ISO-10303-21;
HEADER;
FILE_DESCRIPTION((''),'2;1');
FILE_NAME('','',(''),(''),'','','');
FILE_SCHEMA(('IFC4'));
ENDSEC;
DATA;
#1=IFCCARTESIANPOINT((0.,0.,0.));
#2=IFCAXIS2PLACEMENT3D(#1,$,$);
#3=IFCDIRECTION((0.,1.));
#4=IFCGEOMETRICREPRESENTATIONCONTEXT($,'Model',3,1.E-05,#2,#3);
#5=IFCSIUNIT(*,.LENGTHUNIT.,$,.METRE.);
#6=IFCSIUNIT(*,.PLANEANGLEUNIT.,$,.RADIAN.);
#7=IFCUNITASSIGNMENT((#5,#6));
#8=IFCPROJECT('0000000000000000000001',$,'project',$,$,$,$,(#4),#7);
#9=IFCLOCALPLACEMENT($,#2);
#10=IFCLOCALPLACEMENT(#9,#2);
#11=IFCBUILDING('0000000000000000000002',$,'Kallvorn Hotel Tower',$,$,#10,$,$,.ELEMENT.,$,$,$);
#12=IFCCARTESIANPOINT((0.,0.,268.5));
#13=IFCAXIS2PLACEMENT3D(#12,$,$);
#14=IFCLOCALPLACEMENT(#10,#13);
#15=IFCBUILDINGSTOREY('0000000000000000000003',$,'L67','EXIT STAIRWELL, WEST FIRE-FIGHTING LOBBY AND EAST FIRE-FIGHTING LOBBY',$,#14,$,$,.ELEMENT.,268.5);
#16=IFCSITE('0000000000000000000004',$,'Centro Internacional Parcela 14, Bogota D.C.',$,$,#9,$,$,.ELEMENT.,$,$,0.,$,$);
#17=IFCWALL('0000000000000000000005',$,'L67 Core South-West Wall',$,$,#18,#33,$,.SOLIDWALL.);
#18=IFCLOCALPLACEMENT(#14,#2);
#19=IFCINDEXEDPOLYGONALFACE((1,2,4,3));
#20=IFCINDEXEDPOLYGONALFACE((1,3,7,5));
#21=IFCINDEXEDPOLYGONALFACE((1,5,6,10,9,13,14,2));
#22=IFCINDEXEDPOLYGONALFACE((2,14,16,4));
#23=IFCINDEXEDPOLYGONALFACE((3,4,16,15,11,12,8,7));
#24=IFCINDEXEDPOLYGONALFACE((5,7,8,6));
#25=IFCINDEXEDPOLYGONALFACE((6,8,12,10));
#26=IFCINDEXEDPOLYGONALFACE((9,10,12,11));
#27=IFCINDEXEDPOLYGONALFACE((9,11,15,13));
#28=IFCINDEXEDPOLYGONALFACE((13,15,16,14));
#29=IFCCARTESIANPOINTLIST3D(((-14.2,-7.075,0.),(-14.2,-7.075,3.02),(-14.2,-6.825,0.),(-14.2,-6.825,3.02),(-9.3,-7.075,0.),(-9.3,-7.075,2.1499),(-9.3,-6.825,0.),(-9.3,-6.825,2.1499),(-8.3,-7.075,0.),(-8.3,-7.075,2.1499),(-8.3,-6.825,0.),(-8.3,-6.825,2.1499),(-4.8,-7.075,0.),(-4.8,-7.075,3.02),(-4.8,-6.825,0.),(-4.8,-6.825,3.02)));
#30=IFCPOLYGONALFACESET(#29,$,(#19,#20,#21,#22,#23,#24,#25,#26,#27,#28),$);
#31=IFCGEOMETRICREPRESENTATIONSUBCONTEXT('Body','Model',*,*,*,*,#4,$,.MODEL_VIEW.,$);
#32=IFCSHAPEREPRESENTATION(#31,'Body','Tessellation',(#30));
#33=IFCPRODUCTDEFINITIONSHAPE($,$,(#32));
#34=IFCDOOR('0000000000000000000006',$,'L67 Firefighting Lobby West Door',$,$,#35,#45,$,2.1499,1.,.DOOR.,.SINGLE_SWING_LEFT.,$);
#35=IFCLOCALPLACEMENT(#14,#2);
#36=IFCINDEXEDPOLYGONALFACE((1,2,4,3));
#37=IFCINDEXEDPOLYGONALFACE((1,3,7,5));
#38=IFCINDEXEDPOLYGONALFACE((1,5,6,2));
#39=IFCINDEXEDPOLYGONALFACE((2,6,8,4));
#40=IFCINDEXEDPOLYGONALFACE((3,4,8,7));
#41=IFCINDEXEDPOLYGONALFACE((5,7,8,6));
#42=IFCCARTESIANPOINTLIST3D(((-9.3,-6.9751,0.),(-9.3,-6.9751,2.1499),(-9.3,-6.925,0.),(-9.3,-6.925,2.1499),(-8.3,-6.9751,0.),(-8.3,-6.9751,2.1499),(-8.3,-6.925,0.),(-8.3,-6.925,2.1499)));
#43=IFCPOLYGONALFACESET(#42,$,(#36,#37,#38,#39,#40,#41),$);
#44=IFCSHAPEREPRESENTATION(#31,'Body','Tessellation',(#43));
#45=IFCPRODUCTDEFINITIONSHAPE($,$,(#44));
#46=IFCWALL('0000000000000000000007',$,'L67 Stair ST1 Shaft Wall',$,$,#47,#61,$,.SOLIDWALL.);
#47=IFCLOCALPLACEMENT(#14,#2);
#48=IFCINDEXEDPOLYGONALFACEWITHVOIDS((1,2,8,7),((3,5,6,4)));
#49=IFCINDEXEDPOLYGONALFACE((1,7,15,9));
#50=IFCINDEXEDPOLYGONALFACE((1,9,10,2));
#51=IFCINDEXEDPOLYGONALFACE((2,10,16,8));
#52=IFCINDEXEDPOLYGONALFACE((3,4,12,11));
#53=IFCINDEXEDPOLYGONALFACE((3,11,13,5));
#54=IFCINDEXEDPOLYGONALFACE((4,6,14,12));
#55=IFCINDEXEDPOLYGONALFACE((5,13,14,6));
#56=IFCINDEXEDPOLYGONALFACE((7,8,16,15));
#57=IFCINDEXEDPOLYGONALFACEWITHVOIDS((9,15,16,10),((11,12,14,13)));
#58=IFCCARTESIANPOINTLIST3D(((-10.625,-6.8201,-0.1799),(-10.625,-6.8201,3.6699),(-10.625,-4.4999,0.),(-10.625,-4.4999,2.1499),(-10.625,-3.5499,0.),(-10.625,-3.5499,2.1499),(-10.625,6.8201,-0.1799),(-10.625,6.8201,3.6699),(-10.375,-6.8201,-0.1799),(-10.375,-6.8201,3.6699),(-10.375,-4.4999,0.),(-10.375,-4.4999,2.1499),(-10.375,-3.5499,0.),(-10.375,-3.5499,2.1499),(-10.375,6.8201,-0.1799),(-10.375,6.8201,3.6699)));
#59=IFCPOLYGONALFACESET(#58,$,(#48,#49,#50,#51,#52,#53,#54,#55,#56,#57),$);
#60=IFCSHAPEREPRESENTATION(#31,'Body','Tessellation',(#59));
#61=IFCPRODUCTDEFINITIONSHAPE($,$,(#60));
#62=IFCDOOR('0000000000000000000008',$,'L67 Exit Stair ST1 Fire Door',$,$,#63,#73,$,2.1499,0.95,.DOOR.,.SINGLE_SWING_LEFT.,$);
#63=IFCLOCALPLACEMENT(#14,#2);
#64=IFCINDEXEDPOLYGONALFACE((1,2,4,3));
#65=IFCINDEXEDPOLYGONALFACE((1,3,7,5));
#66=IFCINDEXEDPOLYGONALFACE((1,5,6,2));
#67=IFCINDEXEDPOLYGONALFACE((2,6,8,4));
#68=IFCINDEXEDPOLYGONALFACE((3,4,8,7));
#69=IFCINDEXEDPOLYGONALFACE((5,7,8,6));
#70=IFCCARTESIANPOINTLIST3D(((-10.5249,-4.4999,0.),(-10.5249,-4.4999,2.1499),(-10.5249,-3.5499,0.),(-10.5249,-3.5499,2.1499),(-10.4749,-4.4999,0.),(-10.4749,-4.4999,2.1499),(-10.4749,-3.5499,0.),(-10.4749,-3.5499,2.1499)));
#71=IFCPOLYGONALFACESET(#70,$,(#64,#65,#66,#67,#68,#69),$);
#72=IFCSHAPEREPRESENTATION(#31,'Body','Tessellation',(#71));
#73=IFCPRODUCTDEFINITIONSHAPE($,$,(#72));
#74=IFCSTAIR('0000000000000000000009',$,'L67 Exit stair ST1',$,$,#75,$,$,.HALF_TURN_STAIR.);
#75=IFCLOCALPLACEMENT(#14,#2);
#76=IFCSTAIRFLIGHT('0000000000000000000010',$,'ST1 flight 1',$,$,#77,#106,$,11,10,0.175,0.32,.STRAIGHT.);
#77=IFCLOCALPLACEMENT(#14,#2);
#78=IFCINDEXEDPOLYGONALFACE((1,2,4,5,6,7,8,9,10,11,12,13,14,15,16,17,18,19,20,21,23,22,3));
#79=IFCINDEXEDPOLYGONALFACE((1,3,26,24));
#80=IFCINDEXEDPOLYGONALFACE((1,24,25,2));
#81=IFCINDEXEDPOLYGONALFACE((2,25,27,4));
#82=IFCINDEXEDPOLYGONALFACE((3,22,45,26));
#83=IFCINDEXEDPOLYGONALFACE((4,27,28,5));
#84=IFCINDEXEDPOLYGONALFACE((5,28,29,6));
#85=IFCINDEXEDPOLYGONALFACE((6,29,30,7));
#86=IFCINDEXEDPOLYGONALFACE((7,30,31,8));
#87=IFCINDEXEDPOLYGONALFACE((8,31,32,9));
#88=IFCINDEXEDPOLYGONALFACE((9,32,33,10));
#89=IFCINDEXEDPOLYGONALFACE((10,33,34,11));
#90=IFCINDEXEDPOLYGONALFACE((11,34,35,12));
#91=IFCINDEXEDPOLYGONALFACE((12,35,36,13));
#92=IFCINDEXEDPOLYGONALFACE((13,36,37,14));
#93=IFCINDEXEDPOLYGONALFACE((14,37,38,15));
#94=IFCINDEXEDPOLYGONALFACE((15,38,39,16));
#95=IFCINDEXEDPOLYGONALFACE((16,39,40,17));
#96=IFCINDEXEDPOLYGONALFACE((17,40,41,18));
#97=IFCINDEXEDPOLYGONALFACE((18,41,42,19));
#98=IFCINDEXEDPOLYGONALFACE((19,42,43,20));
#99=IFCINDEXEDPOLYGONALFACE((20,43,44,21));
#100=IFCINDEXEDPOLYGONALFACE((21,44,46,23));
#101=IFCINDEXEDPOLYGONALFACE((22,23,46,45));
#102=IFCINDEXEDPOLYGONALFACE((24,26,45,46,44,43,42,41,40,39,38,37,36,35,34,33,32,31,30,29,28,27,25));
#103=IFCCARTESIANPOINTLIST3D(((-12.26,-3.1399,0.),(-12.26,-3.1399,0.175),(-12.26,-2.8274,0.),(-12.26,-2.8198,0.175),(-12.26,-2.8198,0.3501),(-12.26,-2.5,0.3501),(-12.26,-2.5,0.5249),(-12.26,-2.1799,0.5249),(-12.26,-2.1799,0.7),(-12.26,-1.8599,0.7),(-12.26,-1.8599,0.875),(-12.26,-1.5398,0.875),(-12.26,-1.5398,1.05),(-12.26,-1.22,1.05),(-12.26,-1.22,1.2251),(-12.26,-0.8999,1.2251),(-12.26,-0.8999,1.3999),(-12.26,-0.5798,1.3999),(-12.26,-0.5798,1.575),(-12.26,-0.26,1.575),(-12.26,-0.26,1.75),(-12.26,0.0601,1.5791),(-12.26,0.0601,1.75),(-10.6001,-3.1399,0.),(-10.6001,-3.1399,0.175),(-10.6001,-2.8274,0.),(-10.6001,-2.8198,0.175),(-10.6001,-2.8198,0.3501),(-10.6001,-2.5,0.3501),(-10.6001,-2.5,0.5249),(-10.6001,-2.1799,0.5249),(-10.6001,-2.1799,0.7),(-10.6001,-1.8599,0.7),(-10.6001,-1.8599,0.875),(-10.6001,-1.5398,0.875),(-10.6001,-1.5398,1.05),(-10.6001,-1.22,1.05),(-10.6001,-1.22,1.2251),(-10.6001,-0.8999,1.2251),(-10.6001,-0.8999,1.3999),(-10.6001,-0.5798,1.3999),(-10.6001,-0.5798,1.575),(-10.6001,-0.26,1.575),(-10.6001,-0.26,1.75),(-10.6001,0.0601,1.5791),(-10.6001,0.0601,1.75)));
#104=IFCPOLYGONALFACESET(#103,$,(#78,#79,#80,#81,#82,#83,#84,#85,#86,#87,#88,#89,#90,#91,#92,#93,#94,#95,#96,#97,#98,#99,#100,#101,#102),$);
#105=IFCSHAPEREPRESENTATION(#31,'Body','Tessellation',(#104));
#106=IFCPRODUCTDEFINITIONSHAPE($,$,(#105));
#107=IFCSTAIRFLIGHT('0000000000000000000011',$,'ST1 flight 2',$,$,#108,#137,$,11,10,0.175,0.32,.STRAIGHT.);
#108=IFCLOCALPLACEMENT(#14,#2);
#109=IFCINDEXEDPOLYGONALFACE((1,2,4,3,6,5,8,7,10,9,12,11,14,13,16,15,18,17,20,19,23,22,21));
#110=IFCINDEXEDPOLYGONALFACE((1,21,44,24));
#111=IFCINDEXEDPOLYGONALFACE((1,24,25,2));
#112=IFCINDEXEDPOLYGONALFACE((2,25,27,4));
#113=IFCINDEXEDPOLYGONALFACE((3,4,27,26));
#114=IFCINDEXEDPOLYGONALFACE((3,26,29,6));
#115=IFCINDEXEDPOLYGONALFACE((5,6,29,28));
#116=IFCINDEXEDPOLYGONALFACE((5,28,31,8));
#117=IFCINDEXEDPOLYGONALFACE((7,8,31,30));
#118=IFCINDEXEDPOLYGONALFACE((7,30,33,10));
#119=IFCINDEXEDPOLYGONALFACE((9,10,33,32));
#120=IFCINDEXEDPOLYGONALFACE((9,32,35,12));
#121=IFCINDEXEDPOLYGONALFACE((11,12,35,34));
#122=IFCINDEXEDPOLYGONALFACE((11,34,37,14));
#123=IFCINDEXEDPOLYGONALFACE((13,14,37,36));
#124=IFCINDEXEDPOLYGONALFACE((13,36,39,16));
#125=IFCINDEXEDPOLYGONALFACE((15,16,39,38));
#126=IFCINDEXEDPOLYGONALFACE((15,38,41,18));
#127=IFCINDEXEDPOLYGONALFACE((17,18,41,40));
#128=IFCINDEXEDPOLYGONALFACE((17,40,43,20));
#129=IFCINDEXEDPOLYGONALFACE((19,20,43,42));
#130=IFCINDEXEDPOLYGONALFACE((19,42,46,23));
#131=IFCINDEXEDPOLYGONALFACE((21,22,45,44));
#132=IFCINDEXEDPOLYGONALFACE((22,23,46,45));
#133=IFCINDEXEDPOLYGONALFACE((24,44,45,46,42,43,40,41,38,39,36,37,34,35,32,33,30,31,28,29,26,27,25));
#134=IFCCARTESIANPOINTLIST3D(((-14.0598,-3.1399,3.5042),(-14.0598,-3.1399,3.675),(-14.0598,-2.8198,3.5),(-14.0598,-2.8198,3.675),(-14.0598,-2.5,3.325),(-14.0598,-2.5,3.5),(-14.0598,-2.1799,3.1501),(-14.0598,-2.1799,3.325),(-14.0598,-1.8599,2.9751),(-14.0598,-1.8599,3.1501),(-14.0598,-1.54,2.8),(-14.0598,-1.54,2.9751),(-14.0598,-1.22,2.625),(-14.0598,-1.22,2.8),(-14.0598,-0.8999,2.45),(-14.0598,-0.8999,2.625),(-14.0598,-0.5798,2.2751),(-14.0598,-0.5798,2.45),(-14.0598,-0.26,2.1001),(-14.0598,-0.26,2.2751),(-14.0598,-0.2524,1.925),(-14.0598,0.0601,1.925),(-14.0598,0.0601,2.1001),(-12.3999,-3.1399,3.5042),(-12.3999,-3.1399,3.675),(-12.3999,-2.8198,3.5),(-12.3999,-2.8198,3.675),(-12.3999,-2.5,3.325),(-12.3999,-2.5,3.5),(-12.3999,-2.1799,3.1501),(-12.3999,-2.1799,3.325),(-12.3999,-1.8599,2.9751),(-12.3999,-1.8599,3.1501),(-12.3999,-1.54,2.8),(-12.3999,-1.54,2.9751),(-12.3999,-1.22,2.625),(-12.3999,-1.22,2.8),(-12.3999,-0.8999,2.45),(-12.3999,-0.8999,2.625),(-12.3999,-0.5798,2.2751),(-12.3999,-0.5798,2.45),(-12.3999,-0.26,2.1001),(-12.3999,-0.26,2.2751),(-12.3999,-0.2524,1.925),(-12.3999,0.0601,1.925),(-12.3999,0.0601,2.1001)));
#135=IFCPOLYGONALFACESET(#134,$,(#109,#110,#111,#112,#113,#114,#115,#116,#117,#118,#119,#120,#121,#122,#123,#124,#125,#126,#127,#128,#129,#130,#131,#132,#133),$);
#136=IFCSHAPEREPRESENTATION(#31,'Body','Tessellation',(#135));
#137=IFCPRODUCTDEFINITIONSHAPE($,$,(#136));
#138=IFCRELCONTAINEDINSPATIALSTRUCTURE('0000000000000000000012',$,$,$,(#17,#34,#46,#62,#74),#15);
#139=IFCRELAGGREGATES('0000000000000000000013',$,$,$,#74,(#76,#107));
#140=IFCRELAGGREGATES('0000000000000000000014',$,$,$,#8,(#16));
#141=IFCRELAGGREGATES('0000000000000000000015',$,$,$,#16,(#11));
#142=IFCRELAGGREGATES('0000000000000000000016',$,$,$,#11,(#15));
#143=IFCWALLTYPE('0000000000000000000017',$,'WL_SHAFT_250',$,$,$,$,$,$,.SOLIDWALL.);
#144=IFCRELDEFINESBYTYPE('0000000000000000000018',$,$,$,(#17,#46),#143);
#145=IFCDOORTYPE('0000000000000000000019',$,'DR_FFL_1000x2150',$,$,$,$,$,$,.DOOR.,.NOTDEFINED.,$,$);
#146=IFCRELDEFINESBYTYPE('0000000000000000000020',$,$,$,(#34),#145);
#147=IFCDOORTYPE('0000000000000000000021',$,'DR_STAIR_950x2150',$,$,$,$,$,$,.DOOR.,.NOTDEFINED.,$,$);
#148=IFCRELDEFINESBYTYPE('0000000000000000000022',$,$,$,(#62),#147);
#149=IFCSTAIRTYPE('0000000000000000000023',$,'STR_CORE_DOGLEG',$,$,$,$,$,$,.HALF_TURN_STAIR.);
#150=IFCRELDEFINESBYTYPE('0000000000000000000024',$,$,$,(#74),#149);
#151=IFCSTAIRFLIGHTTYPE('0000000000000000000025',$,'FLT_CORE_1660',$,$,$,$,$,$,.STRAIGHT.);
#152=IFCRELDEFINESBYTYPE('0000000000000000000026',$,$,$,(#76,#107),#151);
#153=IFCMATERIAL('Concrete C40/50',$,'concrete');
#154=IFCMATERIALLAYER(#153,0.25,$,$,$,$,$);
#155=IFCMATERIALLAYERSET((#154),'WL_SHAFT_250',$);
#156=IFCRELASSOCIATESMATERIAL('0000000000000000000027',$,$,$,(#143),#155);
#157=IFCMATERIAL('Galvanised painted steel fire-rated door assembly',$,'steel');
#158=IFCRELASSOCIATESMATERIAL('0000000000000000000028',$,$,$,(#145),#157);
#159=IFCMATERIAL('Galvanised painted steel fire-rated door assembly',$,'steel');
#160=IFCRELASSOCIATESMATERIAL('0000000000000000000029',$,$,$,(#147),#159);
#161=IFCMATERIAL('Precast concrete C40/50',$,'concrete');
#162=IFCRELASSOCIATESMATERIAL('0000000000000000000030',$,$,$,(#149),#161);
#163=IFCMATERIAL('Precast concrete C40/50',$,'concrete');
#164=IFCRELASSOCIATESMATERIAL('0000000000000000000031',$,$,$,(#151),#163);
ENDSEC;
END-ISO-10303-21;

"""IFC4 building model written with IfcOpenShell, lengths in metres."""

from ifc_helpers import new_model, si_unit, direction, frame, frame_2d, origin, place, context, subcontext, project, spatial, polyline, rectangle, outline, extrude, material, layer, layer_set, type_object, element, fill, aggregate, save


model = new_model("IFC4")

# Units and contexts
model_context = context("Model", 3, precision=1e-05, world=origin(), true_north=direction((0.0, 1.0)))
body_context = subcontext(model_context, "Body", "Model", "MODEL_VIEW")
ifc_project = project(units=[si_unit("LENGTHUNIT", "METRE"), si_unit("PLANEANGLEUNIT", "RADIAN")], contexts=[model_context])

# Site, building, storey
site_placement = place(None, origin())
site = spatial("IfcSite", under=ifc_project, at=site_placement, Name="Centro Internacional Parcela 14, Bogota D.C.", CompositionType="ELEMENT", RefElevation=0.0)
building_placement = place(site_placement, origin())
building = spatial("IfcBuilding", under=site, at=building_placement, Name="Kallvorn Hotel Tower", CompositionType="ELEMENT")
storey_placement = place(building_placement, frame((0.0, 0.0, 268.5)))
storey = spatial("IfcBuildingStorey", under=building, at=storey_placement, Name="L67", Description="EXIT STAIRWELL, WEST FIRE-FIGHTING LOBBY AND EAST FIRE-FIGHTING LOBBY", CompositionType="ELEMENT", Elevation=268.5)

# Walls, openings, doors
ifc_material_1 = material(Name="Concrete C40/50", Category="concrete")
ifc_layer_1 = layer(ifc_material_1, 0.25)
ifc_layer_set_1 = layer_set([ifc_layer_1], Name="WL_SHAFT_250")
wall_type_1 = type_object("IfcWallType", Name="WL_SHAFT_250", PredefinedType="SOLIDWALL", material=ifc_layer_set_1)
wall_1_placement = place(storey_placement, frame((-14.2, -6.95, 0.0), z_axis=(0.0, 0.0, 1.0), x_axis=(1.0, 0.0, 0.0)))
wall_1 = element("IfcWall", 1, at=wall_1_placement, inside=storey, type_object=wall_type_1, Name="L67 Core South-West Wall", PredefinedType="SOLIDWALL", context=body_context, shape_type="SweptSolid", body=[
    extrude(rectangle(XDim=9.3999, YDim=0.25, at=frame_2d((4.7, 0.0))), origin(), (0.0, 0.0, 1.0), 3.02),
])
opening_1_placement = place(wall_1_placement, frame((4.8999, 0.0, 0.0)))
opening_1 = element("IfcOpeningElement", 2, at=opening_1_placement, cuts=wall_1, PredefinedType="OPENING", context=body_context, shape_type="SweptSolid", body=[
    extrude(rectangle(XDim=1.0, YDim=2.1499, at=frame_2d((0.5, 1.075))), frame((0.0, 0.1399, 0.0), z_axis=(0.0, -1.0, 0.0), x_axis=(1.0, 0.0, 0.0)), (0.0, 0.0, 1.0), 0.28),
])
ifc_material_2 = material(Name="Galvanised painted steel fire-rated door assembly", Category="steel")
door_type_1 = type_object("IfcDoorType", Name="DR_FFL_1000x2150", OperationType="NOTDEFINED", PredefinedType="DOOR", material=ifc_material_2)
door_1_placement = place(opening_1_placement, origin())
door_1 = element("IfcDoor", 3, at=door_1_placement, inside=storey, type_object=door_type_1, Name="L67 Firefighting Lobby West Door", OperationType="SINGLE_SWING_LEFT", OverallHeight=2.1499, OverallWidth=1.0, PredefinedType="DOOR", context=body_context, shape_type="SweptSolid", body=[
    extrude(rectangle(XDim=1.0, YDim=2.1499, at=frame_2d((0.5, 1.075))), frame((0.0, 0.0249, 0.0), z_axis=(0.0, -1.0, 0.0), x_axis=(1.0, 0.0, 0.0)), (0.0, 0.0, 1.0), 0.05),
])
fill(opening_1, door_1)
wall_2_placement = place(storey_placement, frame((-10.5, -6.8201, -0.1799), z_axis=(0.0, 0.0, 1.0), x_axis=(0.0, 1.0, 0.0)))
wall_2 = element("IfcWall", 4, at=wall_2_placement, inside=storey, type_object=wall_type_1, Name="L67 Stair ST1 Shaft Wall", PredefinedType="SOLIDWALL", context=body_context, shape_type="SweptSolid", body=[
    extrude(rectangle(XDim=13.6401, YDim=0.25, at=frame_2d((6.8201, 0.0))), origin(), (0.0, 0.0, 1.0), 3.8499),
])
opening_2_placement = place(wall_2_placement, frame((2.3201, 0.0, 0.1799)))
opening_2 = element("IfcOpeningElement", 5, at=opening_2_placement, cuts=wall_2, PredefinedType="OPENING", context=body_context, shape_type="SweptSolid", body=[
    extrude(rectangle(XDim=0.95, YDim=2.1499, at=frame_2d((0.4751, 1.075))), frame((0.0, 0.1399, 0.0), z_axis=(0.0, -1.0, 0.0), x_axis=(1.0, 0.0, 0.0)), (0.0, 0.0, 1.0), 0.28),
])
ifc_material_3 = material(Name="Galvanised painted steel fire-rated door assembly", Category="steel")
door_type_2 = type_object("IfcDoorType", Name="DR_STAIR_950x2150", OperationType="NOTDEFINED", PredefinedType="DOOR", material=ifc_material_3)
door_2_placement = place(opening_2_placement, origin())
door_2 = element("IfcDoor", 6, at=door_2_placement, inside=storey, type_object=door_type_2, Name="L67 Exit Stair ST1 Fire Door", OperationType="SINGLE_SWING_LEFT", OverallHeight=2.1499, OverallWidth=0.95, PredefinedType="DOOR", context=body_context, shape_type="SweptSolid", body=[
    extrude(rectangle(XDim=0.95, YDim=2.1499, at=frame_2d((0.4751, 1.075))), frame((0.0, 0.0249, 0.0), z_axis=(0.0, -1.0, 0.0), x_axis=(1.0, 0.0, 0.0)), (0.0, 0.0, 1.0), 0.05),
])
fill(opening_2, door_2)

# Stair, stair flights
ifc_material_4 = material(Name="Precast concrete C40/50", Category="concrete")
stair_type = type_object("IfcStairType", Name="STR_CORE_DOGLEG", PredefinedType="HALF_TURN_STAIR", material=ifc_material_4)
stair_placement = place(storey_placement, origin())
stair = element("IfcStair", 7, at=stair_placement, inside=storey, type_object=stair_type, Name="L67 Exit stair ST1", PredefinedType="HALF_TURN_STAIR")
ifc_material_5 = material(Name="Precast concrete C40/50", Category="concrete")
stair_flight_type = type_object("IfcStairFlightType", Name="FLT_CORE_1660", PredefinedType="STRAIGHT", material=ifc_material_5)
stair_flight_1_placement = place(storey_placement, frame((-11.4299, -3.1399, 0.0), z_axis=(0.0, 0.0, 1.0), x_axis=(0.0, 1.0, 0.0)))
stair_flight_1 = element("IfcStairFlight", 8, at=stair_flight_1_placement, type_object=stair_flight_type, Name="ST1 flight 1", NumberOfRisers=11, NumberOfTreads=10, PredefinedType="STRAIGHT", RiserHeight=0.175, TreadLength=0.32, context=body_context, shape_type="SweptSolid", body=[
    extrude(outline(polyline([(0.0, 0.0), (0.0, 0.175), (0.3201, 0.175), (0.3201, 0.3501), (0.6399, 0.3501), (0.6399, 0.5249), (0.96, 0.5249), (0.96, 0.7), (1.28, 0.7), (1.28, 0.875), (1.6001, 0.875), (1.6001, 1.05), (1.9199, 1.05), (1.9199, 1.2251), (2.24, 1.2251), (2.24, 1.3999), (2.5601, 1.3999), (2.5601, 1.575), (2.8799, 1.575), (2.8799, 1.75), (3.2, 1.75), (3.2, 1.925), (3.2, 1.5791), (0.3125, 0.0), (0.0, 0.0)])), frame((0.0, 0.8301, 0.0), z_axis=(0.0, -1.0, 0.0), x_axis=(1.0, 0.0, 0.0)), (0.0, 0.0, 1.0), 1.6599),
])
stair_flight_2_placement = place(storey_placement, frame((-13.23, 0.0601, 1.925), z_axis=(0.0, 0.0, 1.0), x_axis=(0.0, -1.0, 0.0)))
stair_flight_2 = element("IfcStairFlight", 9, at=stair_flight_2_placement, type_object=stair_flight_type, Name="ST1 flight 2", NumberOfRisers=11, NumberOfTreads=10, PredefinedType="STRAIGHT", RiserHeight=0.175, TreadLength=0.32, context=body_context, shape_type="SweptSolid", body=[
    extrude(outline(polyline([(0.0, 0.0), (0.0, 0.175), (0.3201, 0.175), (0.3201, 0.3501), (0.6399, 0.3501), (0.6399, 0.5249), (0.96, 0.5249), (0.96, 0.7), (1.28, 0.7), (1.28, 0.875), (1.6001, 0.875), (1.6001, 1.05), (1.9199, 1.05), (1.9199, 1.2251), (2.24, 1.2251), (2.24, 1.3999), (2.5601, 1.3999), (2.5601, 1.575), (2.8799, 1.575), (2.8799, 1.75), (3.2, 1.75), (3.2, 1.925), (3.2, 1.5791), (0.3125, 0.0), (0.0, 0.0)])), frame((0.0, 0.8301, 0.0), z_axis=(0.0, -1.0, 0.0), x_axis=(1.0, 0.0, 0.0)), (0.0, 0.0, 1.0), 1.6599),
])
aggregate(stair, [stair_flight_1, stair_flight_2])

save(model, "model.ifc")
